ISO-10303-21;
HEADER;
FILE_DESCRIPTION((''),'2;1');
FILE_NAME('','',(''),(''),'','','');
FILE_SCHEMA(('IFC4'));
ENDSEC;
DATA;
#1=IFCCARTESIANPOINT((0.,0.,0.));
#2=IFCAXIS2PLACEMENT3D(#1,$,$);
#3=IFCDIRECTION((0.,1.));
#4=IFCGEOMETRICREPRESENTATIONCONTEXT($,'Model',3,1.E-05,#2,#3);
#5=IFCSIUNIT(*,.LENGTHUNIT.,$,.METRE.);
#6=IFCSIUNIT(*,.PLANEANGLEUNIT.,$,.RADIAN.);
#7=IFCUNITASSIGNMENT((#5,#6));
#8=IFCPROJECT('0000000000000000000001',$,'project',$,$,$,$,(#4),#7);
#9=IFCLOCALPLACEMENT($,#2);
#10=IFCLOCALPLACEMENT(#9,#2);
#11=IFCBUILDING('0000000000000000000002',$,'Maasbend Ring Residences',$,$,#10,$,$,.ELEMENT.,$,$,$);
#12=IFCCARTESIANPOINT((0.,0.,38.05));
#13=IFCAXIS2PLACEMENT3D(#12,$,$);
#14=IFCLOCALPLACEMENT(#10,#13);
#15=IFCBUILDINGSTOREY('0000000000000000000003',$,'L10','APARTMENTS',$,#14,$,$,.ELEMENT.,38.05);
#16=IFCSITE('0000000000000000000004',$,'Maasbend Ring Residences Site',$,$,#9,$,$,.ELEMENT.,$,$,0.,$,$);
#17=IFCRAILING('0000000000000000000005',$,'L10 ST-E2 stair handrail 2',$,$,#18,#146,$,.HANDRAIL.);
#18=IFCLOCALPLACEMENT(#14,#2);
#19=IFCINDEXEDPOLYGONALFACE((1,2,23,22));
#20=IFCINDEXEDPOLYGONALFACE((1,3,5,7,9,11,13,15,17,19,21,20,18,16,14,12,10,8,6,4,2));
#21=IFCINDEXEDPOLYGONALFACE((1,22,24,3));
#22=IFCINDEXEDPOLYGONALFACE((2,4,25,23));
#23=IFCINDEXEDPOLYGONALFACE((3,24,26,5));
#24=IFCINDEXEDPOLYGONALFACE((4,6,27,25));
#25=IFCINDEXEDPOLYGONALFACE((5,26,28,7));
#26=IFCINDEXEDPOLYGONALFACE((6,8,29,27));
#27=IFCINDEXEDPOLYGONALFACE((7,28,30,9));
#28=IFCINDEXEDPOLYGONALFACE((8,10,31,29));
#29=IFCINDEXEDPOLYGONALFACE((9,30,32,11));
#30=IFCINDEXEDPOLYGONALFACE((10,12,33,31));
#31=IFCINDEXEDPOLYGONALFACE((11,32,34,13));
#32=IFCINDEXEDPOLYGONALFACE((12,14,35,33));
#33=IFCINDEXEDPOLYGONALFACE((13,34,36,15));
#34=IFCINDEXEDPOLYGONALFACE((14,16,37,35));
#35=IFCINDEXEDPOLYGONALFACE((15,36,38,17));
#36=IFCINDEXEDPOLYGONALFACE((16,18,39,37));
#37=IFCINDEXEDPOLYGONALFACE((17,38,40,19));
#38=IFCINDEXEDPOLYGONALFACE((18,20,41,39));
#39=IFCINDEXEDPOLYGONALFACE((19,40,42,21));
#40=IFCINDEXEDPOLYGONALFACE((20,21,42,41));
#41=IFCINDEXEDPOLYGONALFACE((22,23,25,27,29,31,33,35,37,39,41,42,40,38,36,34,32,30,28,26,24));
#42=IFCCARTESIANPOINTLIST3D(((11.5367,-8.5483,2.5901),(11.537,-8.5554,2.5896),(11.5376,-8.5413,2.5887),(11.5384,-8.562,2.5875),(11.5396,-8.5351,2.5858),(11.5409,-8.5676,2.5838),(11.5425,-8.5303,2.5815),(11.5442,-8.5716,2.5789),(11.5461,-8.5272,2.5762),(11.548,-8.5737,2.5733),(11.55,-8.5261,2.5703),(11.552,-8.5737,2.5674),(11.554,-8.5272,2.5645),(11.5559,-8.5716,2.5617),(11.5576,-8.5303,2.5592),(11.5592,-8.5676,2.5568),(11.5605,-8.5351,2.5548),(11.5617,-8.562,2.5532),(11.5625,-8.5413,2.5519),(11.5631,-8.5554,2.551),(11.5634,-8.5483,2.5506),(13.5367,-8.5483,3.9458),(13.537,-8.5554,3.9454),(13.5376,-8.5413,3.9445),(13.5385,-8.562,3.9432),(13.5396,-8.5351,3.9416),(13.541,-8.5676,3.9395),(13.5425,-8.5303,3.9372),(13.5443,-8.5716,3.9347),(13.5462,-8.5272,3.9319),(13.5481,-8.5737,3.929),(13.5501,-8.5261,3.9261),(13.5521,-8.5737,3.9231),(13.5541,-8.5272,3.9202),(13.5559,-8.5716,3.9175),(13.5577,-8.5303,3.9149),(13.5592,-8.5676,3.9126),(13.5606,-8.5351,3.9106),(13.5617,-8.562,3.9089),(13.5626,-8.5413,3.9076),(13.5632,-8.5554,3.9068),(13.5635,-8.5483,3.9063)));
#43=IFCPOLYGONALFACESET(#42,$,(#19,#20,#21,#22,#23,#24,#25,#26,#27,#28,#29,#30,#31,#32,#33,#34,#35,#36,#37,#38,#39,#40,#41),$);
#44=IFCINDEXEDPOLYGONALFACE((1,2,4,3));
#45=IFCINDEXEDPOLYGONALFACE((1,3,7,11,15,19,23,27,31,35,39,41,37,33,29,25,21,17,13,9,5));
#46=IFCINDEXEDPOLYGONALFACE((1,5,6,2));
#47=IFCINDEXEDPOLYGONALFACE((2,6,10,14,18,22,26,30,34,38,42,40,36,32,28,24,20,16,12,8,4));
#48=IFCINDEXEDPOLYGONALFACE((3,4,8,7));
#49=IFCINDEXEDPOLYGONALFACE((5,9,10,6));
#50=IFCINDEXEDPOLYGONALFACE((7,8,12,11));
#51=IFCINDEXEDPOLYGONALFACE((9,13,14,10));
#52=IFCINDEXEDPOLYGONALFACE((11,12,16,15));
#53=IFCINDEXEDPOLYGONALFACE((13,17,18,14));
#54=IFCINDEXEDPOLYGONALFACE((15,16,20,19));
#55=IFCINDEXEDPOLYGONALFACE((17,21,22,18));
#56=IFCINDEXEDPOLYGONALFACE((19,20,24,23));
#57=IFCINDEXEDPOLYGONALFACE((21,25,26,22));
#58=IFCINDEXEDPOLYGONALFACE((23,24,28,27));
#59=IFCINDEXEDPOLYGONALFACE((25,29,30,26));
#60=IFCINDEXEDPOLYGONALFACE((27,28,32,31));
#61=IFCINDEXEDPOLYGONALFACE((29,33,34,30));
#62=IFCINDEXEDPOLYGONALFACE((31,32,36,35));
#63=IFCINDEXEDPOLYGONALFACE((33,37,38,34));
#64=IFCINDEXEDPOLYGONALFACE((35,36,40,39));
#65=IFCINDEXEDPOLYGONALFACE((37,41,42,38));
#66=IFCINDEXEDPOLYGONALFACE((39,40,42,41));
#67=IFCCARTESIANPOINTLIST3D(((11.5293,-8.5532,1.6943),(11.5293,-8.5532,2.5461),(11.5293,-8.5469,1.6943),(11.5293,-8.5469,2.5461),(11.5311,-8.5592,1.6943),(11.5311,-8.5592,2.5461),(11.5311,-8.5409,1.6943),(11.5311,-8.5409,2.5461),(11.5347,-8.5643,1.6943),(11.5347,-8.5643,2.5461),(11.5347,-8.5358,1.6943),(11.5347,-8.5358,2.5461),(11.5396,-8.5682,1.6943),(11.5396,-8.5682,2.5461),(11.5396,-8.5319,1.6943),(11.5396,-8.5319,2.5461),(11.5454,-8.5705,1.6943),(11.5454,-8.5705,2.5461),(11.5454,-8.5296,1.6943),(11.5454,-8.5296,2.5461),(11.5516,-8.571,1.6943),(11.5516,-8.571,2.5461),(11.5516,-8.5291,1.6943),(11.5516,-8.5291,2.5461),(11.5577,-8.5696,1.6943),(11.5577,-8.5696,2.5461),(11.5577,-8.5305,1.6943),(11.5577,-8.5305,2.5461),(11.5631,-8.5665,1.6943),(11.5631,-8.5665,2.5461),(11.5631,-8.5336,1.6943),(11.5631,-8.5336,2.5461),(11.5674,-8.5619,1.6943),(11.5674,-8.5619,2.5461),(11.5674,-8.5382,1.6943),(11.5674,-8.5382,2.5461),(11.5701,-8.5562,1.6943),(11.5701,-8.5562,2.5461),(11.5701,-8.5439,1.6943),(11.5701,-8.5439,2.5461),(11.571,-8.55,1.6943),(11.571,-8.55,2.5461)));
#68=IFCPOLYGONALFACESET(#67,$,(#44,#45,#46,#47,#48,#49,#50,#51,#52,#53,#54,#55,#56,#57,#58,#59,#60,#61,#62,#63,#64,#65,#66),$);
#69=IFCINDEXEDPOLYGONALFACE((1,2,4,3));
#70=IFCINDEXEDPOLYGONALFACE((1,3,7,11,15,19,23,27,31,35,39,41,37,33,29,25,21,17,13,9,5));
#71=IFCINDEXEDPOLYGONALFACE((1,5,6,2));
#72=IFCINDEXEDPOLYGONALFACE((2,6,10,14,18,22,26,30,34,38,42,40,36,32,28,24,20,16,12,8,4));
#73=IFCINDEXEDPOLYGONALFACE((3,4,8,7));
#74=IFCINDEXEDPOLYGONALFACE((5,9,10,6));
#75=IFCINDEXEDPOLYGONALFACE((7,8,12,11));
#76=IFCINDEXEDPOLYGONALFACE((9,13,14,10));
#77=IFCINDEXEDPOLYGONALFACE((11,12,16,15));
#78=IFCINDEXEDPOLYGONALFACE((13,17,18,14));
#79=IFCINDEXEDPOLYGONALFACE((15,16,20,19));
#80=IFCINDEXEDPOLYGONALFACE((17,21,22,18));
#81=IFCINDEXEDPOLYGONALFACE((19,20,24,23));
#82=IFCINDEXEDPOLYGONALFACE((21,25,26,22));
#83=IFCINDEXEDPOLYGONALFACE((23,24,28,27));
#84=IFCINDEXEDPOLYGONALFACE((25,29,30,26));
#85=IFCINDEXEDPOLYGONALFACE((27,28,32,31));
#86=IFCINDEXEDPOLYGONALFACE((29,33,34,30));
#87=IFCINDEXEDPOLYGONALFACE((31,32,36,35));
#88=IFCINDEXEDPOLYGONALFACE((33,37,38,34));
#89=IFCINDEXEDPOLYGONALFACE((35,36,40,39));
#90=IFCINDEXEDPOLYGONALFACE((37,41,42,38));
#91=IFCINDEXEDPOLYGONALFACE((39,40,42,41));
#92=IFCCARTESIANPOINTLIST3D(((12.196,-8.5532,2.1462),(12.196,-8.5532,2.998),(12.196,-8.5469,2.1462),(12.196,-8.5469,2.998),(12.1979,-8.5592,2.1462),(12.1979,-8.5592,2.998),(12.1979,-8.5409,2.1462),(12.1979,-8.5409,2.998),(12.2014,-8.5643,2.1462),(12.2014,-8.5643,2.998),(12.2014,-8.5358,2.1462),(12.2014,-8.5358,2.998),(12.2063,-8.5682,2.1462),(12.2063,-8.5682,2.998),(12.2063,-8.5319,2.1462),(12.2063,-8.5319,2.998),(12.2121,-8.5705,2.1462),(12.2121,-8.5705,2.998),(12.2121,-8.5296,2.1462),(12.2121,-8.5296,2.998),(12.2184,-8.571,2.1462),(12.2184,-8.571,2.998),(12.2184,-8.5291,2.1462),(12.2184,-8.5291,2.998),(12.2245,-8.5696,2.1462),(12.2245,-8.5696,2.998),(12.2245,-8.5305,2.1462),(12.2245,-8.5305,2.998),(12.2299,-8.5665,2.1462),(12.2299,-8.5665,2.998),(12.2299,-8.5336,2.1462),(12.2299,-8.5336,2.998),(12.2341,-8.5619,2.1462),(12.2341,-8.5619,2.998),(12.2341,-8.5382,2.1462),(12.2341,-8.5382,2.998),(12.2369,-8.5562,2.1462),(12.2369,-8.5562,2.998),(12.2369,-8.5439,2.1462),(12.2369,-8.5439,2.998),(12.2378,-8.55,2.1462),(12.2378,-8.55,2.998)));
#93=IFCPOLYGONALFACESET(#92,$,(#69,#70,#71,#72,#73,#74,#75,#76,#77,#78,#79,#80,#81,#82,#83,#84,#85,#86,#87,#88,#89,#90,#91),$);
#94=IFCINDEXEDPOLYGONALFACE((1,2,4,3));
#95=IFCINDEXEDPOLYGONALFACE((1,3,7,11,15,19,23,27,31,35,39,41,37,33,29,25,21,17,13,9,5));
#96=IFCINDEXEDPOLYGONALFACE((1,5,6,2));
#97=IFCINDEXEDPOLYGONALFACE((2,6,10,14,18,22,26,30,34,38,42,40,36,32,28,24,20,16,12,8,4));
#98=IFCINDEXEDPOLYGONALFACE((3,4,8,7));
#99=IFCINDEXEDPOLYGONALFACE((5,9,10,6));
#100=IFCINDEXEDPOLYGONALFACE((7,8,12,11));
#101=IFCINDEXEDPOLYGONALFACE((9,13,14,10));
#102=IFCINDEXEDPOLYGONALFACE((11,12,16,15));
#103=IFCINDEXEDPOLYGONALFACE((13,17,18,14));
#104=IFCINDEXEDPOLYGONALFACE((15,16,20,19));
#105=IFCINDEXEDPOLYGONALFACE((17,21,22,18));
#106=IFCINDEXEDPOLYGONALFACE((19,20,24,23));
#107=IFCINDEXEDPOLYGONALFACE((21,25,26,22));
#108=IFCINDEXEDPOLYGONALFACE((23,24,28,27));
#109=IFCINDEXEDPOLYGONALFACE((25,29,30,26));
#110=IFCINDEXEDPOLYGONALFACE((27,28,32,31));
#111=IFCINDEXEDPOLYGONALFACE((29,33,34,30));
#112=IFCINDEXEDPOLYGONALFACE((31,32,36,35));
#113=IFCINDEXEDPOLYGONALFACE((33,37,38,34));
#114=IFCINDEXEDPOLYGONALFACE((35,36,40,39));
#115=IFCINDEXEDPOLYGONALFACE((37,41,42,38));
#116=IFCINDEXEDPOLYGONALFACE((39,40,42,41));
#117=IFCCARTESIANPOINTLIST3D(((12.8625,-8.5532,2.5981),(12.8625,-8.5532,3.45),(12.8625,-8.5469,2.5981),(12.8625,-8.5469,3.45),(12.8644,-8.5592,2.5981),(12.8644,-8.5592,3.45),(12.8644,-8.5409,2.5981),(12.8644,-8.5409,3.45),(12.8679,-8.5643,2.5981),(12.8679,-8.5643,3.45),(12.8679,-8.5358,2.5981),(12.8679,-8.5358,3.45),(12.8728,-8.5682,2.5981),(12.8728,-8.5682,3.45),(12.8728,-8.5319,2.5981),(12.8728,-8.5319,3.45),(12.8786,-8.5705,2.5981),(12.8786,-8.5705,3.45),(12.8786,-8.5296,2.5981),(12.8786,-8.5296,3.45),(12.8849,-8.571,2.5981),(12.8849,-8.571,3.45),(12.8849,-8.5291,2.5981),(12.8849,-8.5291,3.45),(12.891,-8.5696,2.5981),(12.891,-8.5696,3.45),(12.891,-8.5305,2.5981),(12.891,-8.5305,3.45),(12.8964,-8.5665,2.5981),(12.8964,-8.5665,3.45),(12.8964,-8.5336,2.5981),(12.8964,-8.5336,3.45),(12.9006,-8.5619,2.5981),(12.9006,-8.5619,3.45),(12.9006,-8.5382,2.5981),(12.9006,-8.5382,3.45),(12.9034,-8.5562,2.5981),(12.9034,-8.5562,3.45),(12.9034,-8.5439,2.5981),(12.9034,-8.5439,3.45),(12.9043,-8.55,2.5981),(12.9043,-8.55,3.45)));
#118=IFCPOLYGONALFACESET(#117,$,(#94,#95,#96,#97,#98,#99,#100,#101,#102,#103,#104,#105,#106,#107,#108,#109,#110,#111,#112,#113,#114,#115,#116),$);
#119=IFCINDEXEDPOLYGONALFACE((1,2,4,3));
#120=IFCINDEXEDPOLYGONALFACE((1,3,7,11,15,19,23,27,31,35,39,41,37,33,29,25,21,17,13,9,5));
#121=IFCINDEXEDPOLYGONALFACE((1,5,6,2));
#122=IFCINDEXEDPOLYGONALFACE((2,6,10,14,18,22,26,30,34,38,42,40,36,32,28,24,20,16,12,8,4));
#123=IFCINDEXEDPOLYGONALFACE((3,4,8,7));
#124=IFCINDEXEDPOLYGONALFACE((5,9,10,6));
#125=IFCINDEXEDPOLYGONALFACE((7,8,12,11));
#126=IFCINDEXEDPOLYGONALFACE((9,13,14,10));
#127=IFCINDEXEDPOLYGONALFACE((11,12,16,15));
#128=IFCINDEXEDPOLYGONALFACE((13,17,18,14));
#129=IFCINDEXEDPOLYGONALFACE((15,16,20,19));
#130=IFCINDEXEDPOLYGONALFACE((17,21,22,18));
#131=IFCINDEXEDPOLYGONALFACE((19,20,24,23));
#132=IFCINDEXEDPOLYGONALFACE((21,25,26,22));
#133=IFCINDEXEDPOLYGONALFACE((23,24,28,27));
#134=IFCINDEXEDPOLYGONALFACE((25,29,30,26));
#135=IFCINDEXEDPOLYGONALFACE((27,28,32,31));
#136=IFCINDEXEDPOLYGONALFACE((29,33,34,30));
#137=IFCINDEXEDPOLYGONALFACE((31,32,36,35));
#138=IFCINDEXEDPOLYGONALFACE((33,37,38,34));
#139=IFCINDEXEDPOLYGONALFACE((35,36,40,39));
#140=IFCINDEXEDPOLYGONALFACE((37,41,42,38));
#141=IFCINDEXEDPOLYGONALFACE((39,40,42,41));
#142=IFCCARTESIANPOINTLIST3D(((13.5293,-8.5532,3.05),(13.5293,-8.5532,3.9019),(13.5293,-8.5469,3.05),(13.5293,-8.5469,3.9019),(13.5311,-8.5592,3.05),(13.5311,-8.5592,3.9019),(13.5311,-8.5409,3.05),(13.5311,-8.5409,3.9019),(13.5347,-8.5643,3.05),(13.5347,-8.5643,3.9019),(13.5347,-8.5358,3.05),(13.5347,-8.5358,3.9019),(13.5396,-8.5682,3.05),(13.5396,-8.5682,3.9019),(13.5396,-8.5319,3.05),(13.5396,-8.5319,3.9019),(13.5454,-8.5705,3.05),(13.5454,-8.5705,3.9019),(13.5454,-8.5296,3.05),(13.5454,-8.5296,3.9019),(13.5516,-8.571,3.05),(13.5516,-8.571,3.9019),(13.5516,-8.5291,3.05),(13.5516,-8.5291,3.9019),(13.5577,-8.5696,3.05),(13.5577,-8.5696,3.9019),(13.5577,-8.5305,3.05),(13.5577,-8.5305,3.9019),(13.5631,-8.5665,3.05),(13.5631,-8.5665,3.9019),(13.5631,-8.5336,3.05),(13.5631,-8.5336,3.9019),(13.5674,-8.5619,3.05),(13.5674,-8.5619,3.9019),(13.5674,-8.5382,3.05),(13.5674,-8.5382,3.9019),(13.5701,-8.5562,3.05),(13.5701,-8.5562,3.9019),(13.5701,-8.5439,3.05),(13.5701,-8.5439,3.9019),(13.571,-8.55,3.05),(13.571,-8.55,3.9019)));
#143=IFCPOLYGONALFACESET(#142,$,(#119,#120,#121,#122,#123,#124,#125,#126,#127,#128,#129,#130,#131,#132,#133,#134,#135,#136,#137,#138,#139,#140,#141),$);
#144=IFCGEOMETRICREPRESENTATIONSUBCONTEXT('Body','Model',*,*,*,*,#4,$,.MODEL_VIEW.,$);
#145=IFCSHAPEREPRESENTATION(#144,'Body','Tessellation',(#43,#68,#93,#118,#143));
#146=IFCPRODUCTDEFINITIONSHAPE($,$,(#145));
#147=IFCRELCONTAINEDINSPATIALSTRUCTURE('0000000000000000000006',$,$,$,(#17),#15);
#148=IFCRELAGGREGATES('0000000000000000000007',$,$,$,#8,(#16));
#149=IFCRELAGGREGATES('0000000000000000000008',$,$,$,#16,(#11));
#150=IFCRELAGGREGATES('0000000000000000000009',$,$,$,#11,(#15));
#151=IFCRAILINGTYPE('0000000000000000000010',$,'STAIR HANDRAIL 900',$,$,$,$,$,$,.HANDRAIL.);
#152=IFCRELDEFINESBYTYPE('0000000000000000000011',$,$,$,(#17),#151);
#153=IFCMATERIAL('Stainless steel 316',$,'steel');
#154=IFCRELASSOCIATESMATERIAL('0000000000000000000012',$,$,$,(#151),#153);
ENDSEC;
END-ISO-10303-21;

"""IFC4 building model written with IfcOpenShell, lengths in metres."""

from ifc_helpers import new_model, si_unit, direction, frame, origin, origin_2d, place, context, subcontext, project, spatial, circle, extrude, material, type_object, element, save


model = new_model("IFC4")

# Units and contexts
model_context = context("Model", 3, precision=1e-05, world=origin(), true_north=direction((0.0, 1.0)))
body_context = subcontext(model_context, "Body", "Model", "MODEL_VIEW")
ifc_project = project(units=[si_unit("LENGTHUNIT", "METRE"), si_unit("PLANEANGLEUNIT", "RADIAN")], contexts=[model_context])

# Site, building, storey
site_placement = place(None, origin())
site = spatial("IfcSite", under=ifc_project, at=site_placement, Name="Maasbend Ring Residences Site", CompositionType="ELEMENT", RefElevation=0.0)
building_placement = place(site_placement, origin())
building = spatial("IfcBuilding", under=site, at=building_placement, Name="Maasbend Ring Residences", CompositionType="ELEMENT")
storey_placement = place(building_placement, frame((0.0, 0.0, 38.05)))
storey = spatial("IfcBuildingStorey", under=building, at=storey_placement, Name="L10", Description="APARTMENTS", CompositionType="ELEMENT", Elevation=38.05)

# Railing
ifc_material_1 = material(Name="Stainless steel 316", Category="steel")
railing_type_1 = type_object("IfcRailingType", Name="STAIR HANDRAIL 900", PredefinedType="HANDRAIL", material=ifc_material_1)
railing_1_placement = place(storey_placement, frame((11.55, -8.55, 1.6943)))
element("IfcRailing", 1, at=railing_1_placement, inside=storey, type_object=railing_type_1, Name="L10 ST-E2 stair handrail 2", PredefinedType="HANDRAIL", context=body_context, shape_type="SweptSolid", body=[
    extrude(circle(Radius=0.0239, at=origin_2d()), frame((0.0, 0.0, 0.876), z_axis=(0.827751, 0.0, 0.561096), x_axis=(0.0, 1.0, 0.0)), (0.0, 0.0, 1.0), 2.4163),
    extrude(circle(Radius=0.021, at=origin_2d()), origin(), (0.0, 0.0, 1.0), 0.8518),
    extrude(circle(Radius=0.021, at=origin_2d()), frame((0.6667, 0.0, 0.4519)), (0.0, 0.0, 1.0), 0.8518),
    extrude(circle(Radius=0.021, at=origin_2d()), frame((1.3333, 0.0, 0.9038)), (0.0, 0.0, 1.0), 0.8518),
    extrude(circle(Radius=0.021, at=origin_2d()), frame((2.0, 0.0, 1.3557)), (0.0, 0.0, 1.0), 0.8518),
])

save(model, "model.ifc")
